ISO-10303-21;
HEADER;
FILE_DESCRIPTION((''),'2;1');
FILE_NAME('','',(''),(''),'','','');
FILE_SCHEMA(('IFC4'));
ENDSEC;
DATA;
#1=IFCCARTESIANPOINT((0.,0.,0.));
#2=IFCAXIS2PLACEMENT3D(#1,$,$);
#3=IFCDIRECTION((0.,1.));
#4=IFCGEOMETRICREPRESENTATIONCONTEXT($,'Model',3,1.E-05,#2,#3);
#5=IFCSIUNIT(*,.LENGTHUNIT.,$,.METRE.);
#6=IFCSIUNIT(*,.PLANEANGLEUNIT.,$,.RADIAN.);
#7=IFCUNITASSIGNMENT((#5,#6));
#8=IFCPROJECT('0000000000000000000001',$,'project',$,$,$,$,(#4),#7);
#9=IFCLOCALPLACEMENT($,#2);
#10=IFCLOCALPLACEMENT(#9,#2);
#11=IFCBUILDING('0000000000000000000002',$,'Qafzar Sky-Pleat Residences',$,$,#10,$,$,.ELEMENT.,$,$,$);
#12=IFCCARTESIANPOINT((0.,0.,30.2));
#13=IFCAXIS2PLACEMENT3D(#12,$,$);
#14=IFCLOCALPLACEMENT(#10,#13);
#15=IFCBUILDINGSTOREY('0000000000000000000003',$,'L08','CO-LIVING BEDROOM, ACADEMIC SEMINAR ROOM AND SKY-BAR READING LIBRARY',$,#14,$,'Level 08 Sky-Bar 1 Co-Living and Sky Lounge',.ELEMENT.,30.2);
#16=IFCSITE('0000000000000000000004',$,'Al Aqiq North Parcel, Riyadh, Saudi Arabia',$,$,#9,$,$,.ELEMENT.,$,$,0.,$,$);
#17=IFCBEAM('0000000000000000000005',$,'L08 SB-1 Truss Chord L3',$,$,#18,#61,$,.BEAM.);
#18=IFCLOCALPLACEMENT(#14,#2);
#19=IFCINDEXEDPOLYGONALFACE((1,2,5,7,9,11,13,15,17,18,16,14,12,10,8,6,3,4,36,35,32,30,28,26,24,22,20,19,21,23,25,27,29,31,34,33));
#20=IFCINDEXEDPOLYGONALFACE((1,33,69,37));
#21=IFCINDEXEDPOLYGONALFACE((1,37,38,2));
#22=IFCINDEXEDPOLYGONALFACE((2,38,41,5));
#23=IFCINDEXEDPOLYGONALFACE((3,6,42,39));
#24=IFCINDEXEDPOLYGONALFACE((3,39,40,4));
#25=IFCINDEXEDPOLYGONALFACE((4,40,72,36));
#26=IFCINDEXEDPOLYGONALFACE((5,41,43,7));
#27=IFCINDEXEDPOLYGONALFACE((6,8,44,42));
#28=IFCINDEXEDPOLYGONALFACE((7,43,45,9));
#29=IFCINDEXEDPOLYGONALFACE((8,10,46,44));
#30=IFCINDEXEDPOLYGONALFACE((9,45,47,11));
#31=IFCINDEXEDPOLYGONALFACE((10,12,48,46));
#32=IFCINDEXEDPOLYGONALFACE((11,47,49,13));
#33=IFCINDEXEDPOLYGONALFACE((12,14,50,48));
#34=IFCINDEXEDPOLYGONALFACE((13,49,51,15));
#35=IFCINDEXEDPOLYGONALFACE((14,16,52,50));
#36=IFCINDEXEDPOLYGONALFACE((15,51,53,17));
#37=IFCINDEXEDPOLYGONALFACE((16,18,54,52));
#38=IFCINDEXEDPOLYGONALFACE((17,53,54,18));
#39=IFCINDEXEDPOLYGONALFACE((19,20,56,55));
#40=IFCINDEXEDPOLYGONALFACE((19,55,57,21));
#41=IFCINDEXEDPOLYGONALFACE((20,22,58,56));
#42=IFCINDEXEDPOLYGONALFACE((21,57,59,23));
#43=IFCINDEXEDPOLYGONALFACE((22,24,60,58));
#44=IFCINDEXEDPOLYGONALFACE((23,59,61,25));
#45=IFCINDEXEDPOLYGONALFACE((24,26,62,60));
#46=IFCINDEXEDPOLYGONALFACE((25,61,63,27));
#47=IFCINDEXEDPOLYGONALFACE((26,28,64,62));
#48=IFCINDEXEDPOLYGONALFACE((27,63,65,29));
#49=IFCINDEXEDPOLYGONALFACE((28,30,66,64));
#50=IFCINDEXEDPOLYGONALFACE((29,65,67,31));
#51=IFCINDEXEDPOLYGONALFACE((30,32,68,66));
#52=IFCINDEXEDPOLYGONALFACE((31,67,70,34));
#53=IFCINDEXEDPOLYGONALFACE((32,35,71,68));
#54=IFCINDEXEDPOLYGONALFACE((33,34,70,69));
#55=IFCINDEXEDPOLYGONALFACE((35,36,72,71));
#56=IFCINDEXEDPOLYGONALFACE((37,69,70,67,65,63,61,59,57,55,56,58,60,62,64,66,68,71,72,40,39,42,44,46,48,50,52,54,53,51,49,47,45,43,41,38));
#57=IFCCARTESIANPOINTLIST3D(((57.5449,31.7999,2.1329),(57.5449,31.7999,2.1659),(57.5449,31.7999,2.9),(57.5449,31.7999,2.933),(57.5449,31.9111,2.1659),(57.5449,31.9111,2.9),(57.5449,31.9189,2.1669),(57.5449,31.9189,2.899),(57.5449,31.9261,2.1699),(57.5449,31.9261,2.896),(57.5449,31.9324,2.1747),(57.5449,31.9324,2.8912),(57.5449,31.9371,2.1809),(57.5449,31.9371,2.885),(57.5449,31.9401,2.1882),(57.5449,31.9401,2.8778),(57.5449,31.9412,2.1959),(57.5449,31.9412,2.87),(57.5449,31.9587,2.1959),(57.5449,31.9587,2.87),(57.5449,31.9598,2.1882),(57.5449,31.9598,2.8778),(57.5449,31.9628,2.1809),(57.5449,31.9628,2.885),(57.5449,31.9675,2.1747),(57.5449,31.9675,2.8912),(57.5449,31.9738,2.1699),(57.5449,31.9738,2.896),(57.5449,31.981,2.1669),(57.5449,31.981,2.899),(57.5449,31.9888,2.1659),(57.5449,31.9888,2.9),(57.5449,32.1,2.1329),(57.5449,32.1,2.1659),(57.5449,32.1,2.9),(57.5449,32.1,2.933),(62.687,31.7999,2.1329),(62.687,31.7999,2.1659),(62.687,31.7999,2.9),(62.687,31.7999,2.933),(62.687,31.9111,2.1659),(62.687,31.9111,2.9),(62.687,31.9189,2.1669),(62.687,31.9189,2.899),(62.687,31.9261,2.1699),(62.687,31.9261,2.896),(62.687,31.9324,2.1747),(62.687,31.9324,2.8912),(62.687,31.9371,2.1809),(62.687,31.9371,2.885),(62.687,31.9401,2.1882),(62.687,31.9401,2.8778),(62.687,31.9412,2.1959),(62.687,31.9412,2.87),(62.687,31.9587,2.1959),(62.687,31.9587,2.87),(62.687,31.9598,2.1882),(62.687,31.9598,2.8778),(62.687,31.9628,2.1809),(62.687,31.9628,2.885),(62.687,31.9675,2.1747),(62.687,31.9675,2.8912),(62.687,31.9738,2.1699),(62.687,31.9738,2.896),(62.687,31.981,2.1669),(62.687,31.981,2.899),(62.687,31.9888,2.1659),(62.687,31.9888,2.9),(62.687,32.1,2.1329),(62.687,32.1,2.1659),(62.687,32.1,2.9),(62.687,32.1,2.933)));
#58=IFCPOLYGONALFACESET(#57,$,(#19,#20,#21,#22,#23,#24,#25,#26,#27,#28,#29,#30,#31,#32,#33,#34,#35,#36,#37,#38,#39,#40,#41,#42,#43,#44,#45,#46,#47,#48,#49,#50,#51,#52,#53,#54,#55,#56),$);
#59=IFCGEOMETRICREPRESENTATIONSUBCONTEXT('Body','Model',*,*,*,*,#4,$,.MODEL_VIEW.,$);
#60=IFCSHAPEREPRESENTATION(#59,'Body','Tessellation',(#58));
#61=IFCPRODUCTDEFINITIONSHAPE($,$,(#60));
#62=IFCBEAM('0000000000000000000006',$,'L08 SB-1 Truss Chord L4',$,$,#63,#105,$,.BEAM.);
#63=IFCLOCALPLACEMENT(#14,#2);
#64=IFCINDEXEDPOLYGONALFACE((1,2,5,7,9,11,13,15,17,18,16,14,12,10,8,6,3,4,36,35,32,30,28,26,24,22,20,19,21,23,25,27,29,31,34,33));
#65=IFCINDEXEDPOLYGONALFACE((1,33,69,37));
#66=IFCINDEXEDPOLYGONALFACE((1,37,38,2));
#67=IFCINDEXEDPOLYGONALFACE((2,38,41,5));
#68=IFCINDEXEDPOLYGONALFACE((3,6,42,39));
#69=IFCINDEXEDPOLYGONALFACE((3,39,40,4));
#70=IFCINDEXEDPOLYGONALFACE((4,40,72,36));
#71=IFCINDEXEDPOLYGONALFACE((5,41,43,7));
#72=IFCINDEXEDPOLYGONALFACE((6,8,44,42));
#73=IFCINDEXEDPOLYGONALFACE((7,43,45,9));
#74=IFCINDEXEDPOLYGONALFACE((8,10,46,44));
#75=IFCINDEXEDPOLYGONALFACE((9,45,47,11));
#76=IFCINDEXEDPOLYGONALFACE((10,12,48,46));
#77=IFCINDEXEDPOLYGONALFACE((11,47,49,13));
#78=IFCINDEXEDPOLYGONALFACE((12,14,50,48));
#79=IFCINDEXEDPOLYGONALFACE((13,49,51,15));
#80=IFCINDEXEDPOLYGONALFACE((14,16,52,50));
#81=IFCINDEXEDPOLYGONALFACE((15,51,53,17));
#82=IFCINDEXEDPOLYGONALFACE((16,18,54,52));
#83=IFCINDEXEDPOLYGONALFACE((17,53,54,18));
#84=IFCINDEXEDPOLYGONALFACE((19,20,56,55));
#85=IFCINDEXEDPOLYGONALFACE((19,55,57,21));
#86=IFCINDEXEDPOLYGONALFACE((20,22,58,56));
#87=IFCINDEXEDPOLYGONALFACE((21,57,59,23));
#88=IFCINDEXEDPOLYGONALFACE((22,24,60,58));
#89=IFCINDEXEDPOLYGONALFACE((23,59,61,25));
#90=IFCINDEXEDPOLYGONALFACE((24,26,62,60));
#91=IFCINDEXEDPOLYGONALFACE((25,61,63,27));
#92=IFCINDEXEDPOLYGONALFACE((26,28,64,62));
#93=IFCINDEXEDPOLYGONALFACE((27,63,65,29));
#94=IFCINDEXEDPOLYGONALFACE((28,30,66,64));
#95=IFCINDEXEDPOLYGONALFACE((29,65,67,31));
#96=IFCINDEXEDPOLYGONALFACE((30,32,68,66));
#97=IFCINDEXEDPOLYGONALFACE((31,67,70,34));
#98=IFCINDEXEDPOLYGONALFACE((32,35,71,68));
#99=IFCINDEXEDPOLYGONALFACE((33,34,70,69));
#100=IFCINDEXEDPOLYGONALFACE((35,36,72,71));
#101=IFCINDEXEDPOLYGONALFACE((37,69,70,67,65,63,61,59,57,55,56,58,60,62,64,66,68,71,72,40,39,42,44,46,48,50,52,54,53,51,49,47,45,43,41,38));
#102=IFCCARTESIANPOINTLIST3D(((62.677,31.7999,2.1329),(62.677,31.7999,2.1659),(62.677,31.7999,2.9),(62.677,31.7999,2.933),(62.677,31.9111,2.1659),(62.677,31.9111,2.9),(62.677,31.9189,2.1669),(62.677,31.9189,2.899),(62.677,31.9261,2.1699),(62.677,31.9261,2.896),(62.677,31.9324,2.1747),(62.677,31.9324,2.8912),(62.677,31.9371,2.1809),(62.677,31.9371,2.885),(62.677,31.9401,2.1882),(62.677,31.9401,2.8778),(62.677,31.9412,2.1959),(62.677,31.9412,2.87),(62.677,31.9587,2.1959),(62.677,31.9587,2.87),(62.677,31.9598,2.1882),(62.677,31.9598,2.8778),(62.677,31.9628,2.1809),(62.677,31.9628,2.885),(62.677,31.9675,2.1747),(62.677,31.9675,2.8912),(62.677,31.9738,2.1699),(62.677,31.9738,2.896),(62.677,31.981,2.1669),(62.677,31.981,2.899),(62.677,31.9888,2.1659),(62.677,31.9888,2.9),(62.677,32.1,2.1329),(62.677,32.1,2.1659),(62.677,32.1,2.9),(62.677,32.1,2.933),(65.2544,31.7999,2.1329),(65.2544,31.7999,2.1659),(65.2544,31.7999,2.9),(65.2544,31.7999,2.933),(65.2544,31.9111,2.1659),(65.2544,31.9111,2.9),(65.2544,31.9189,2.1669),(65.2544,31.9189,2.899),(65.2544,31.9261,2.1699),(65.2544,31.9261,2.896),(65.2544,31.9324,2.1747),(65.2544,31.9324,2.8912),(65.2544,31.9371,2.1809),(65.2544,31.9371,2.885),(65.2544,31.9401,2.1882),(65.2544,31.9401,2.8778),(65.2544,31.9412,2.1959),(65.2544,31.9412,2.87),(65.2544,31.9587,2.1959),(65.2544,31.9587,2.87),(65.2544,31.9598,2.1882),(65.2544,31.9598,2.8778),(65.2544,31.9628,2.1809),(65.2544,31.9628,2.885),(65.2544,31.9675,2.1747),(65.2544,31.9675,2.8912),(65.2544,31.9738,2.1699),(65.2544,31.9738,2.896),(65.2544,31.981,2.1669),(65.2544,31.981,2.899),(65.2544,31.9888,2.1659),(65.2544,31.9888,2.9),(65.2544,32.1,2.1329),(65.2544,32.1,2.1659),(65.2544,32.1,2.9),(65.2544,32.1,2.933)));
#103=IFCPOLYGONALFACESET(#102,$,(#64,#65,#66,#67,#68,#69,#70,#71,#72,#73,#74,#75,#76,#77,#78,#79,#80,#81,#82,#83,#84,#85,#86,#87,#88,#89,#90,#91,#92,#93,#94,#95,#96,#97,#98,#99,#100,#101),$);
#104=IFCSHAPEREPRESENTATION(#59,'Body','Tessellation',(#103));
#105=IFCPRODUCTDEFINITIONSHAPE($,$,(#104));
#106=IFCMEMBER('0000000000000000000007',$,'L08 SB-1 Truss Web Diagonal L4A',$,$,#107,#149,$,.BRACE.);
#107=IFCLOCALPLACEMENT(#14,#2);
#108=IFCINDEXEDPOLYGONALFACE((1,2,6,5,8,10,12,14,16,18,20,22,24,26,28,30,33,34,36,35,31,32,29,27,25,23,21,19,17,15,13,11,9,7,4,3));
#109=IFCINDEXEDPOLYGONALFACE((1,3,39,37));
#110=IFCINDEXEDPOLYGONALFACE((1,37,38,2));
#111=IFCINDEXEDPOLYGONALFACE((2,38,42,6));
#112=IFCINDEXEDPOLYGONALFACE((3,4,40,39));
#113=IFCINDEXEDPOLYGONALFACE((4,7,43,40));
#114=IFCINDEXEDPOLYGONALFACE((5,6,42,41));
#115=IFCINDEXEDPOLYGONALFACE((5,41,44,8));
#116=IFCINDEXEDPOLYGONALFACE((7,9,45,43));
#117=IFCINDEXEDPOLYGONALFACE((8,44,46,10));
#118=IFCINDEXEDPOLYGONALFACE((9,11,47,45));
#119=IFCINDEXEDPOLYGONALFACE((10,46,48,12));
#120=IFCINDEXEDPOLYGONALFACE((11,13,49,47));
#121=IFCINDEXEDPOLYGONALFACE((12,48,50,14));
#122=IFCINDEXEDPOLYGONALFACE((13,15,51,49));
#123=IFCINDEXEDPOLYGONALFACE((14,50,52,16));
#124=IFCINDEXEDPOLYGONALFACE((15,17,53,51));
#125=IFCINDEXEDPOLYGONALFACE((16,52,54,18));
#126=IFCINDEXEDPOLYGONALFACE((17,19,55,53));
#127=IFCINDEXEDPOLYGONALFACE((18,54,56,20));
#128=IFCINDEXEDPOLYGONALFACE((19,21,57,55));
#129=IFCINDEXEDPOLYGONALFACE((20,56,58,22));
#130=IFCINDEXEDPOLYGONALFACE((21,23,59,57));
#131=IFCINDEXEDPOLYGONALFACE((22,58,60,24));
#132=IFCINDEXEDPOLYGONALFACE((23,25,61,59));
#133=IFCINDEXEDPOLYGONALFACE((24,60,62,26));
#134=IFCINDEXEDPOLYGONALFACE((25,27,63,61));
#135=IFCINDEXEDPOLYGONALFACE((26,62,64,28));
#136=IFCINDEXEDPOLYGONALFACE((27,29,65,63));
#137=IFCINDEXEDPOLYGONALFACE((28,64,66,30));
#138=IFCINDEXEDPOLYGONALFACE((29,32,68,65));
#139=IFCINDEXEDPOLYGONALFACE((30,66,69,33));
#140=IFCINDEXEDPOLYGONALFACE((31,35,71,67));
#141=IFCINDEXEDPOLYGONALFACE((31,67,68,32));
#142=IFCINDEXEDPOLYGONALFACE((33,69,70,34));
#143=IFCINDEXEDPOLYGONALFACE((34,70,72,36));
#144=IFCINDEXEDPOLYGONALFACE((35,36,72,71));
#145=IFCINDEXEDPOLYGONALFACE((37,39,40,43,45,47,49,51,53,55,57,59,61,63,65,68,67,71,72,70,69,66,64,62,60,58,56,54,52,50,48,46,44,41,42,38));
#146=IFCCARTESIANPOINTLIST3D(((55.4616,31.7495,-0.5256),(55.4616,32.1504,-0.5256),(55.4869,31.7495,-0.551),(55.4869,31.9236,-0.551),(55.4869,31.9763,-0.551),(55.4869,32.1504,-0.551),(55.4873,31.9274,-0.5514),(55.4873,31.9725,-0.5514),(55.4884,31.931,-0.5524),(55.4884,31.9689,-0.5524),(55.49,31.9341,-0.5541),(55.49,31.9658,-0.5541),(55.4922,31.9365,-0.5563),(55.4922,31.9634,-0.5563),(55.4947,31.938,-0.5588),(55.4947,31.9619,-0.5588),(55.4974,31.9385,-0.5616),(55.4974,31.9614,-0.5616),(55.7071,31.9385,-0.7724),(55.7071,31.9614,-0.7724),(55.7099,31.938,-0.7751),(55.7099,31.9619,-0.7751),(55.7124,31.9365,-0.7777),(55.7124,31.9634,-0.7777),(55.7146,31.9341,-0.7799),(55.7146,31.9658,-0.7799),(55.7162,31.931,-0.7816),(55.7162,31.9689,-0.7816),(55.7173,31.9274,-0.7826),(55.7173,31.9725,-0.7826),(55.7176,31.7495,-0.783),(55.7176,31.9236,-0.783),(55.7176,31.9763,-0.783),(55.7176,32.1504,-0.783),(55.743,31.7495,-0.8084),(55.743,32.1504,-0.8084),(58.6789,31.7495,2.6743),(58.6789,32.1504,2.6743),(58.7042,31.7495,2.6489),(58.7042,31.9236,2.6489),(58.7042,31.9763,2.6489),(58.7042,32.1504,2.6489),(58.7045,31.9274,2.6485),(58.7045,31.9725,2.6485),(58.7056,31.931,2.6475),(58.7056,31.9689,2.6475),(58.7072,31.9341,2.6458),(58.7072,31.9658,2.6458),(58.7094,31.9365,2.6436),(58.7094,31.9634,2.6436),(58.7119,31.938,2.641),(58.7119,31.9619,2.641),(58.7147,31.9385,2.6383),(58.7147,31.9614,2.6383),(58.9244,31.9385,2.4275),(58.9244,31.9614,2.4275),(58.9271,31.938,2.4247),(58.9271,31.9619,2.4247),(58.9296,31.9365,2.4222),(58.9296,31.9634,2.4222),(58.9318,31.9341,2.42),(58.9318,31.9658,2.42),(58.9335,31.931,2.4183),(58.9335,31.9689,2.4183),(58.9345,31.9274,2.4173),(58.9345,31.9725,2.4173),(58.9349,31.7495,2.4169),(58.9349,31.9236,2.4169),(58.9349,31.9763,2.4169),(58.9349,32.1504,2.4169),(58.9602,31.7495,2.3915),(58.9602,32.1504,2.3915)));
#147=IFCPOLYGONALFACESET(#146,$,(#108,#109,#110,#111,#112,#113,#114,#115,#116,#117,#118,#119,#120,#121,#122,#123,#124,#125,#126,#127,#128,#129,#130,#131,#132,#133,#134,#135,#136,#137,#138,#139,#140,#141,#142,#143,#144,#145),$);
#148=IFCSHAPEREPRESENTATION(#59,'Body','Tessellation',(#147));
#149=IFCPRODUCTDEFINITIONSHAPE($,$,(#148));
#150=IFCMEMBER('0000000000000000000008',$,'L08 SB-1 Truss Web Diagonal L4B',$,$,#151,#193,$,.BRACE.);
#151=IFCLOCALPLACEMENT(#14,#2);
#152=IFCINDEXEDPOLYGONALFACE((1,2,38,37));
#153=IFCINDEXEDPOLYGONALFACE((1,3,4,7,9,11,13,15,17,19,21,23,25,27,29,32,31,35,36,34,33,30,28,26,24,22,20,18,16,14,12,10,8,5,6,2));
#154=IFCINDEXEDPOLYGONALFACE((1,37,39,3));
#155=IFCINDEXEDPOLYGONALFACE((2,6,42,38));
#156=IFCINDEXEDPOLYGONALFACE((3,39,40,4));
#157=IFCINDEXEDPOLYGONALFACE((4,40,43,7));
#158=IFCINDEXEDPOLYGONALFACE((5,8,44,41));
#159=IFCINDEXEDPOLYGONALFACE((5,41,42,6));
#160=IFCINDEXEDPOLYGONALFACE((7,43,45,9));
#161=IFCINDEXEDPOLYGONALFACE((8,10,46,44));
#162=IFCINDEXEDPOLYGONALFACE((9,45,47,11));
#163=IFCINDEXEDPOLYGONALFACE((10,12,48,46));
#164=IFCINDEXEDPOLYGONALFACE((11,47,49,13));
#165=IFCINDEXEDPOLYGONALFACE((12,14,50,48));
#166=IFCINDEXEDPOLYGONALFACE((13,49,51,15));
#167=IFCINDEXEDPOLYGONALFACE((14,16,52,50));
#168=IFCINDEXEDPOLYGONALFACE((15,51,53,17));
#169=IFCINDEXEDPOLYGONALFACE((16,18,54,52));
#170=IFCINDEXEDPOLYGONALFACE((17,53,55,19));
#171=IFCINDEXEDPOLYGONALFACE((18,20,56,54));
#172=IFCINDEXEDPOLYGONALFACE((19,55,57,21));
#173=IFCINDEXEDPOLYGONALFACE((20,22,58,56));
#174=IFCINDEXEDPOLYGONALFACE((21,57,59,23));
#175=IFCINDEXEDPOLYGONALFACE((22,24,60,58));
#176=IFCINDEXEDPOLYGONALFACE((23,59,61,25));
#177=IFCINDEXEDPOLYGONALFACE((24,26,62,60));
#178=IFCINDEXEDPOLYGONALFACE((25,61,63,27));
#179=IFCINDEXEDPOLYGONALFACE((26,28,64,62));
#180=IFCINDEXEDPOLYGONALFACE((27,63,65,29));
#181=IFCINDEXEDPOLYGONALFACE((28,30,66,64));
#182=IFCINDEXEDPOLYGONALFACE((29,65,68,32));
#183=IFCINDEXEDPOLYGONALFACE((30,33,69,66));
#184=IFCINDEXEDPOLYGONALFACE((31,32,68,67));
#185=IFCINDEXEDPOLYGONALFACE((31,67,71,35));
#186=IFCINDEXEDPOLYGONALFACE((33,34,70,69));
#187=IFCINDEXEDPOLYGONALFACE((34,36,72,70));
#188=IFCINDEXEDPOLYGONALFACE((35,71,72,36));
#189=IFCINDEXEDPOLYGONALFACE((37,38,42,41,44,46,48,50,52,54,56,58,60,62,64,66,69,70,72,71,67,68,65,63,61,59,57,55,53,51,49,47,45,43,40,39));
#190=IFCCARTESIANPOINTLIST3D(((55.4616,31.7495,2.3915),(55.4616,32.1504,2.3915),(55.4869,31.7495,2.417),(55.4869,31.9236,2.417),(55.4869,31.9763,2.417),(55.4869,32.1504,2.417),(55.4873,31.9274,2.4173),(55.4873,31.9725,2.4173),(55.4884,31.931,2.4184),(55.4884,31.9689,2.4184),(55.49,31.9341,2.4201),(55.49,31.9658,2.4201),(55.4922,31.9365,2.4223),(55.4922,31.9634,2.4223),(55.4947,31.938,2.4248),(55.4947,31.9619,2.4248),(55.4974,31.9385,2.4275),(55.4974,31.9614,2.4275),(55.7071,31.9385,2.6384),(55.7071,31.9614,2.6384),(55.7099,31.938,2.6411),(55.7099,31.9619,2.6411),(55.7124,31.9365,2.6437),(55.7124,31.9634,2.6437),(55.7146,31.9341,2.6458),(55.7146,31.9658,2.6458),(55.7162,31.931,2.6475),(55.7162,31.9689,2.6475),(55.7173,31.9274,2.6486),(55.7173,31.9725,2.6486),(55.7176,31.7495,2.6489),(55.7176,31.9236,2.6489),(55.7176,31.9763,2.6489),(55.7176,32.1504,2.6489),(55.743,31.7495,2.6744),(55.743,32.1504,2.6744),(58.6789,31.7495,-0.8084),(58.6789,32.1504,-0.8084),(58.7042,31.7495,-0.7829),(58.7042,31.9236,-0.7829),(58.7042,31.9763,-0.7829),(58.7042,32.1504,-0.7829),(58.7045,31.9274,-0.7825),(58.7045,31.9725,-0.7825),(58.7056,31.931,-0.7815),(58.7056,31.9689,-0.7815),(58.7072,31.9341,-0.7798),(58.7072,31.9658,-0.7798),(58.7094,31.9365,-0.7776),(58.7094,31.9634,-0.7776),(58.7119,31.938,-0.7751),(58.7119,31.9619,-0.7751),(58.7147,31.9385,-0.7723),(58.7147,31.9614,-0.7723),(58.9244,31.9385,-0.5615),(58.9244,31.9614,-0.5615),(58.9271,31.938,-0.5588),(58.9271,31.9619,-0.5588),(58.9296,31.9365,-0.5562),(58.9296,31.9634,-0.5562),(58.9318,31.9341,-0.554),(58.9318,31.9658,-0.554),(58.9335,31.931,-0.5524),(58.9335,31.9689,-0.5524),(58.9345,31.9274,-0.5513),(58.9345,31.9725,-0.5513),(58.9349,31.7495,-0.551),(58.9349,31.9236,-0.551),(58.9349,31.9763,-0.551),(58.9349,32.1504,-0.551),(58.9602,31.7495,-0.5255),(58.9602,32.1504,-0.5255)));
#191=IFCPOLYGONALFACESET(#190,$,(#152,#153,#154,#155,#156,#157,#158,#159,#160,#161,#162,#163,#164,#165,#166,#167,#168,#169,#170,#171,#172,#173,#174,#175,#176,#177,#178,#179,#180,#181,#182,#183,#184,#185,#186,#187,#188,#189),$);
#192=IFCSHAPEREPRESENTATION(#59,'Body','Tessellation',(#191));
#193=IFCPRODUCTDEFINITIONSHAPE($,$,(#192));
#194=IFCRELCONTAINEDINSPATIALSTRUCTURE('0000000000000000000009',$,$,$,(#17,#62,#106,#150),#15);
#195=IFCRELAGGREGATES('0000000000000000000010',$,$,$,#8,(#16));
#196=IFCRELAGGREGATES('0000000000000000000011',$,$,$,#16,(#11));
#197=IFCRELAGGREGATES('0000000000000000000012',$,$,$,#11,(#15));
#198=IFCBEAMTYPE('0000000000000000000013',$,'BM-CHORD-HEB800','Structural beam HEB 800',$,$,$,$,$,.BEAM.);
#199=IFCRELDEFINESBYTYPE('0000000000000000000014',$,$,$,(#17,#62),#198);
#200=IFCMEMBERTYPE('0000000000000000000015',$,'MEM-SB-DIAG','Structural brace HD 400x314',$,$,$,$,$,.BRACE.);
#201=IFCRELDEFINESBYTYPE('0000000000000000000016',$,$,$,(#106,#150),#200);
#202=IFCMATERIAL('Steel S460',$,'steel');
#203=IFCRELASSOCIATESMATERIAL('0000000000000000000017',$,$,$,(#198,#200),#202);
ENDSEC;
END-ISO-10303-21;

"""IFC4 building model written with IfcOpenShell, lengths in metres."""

from ifc_helpers import new_model, si_unit, direction, frame, origin, origin_2d, place, context, subcontext, project, spatial, i_section, extrude, source, transform, mapped, material, material_profile, profile_set, type_object, element, save


model = new_model("IFC4")

# Units and contexts
model_context = context("Model", 3, precision=1e-05, world=origin(), true_north=direction((0.0, 1.0)))
body_context = subcontext(model_context, "Body", "Model", "MODEL_VIEW")
ifc_project = project(units=[si_unit("LENGTHUNIT", "METRE"), si_unit("PLANEANGLEUNIT", "RADIAN")], contexts=[model_context])

# Site, building, storey
site_placement = place(None, origin())
site = spatial("IfcSite", under=ifc_project, at=site_placement, Name="Al Aqiq North Parcel, Riyadh, Saudi Arabia", CompositionType="ELEMENT", RefElevation=0.0)
building_placement = place(site_placement, origin())
building = spatial("IfcBuilding", under=site, at=building_placement, Name="Qafzar Sky-Pleat Residences", CompositionType="ELEMENT")
storey_placement = place(building_placement, frame((0.0, 0.0, 30.2)))
storey = spatial("IfcBuildingStorey", under=building, at=storey_placement, Name="L08", Description="CO-LIVING BEDROOM, ACADEMIC SEMINAR ROOM AND SKY-BAR READING LIBRARY", LongName="Level 08 Sky-Bar 1 Co-Living and Sky Lounge", CompositionType="ELEMENT", Elevation=30.2)

# Beams
ifc_material_1 = material(Name="Steel S460", Category="steel")
ifc_material_profile_1 = material_profile(ifc_material_1, i_section(OverallWidth=0.3, OverallDepth=0.8, WebThickness=0.0176, FlangeThickness=0.033, FilletRadius=0.03, at=origin_2d()), Name="HEB 800")
ifc_profile_set_1 = profile_set([ifc_material_profile_1], Name="Steel S460")
beam_type_1 = type_object("IfcBeamType", Name="BM-CHORD-HEB800", Description="Structural beam HEB 800", PredefinedType="BEAM", material=ifc_profile_set_1)
shared_shape_1 = source(origin(), body_context, "Body", "SweptSolid", [
    extrude(i_section(OverallWidth=0.3, OverallDepth=0.8, WebThickness=0.0176, FlangeThickness=0.033, FilletRadius=0.03, at=origin_2d()), origin(), (0.0, 0.0, 1.0), 5.1421),
])
beam_1_placement = place(storey_placement, frame((57.5449, 31.95, 2.533), z_axis=(1.0, 0.0, 0.0), x_axis=(0.0, 1.0, 0.0)))
element("IfcBeam", 1, at=beam_1_placement, inside=storey, type_object=beam_type_1, Name="L08 SB-1 Truss Chord L3", PredefinedType="BEAM", context=body_context, shape_type="MappedRepresentation", body=[
    mapped(shared_shape_1, transform((0.0, 0.0, 0.0), x_axis=(1.0, 0.0, 0.0), y_axis=(0.0, 1.0, 0.0), z_axis=(0.0, 0.0, 1.0), scale=1.0)),
])
shared_shape_2 = source(origin(), body_context, "Body", "SweptSolid", [
    extrude(i_section(OverallWidth=0.3, OverallDepth=0.8, WebThickness=0.0176, FlangeThickness=0.033, FilletRadius=0.03, at=origin_2d()), origin(), (0.0, 0.0, 1.0), 2.5774),
])
beam_2_placement = place(storey_placement, frame((62.677, 31.95, 2.533), z_axis=(1.0, 0.0, 0.0), x_axis=(0.0, 1.0, 0.0)))
element("IfcBeam", 2, at=beam_2_placement, inside=storey, type_object=beam_type_1, Name="L08 SB-1 Truss Chord L4", PredefinedType="BEAM", context=body_context, shape_type="MappedRepresentation", body=[
    mapped(shared_shape_2, transform((0.0, 0.0, 0.0), x_axis=(1.0, 0.0, 0.0), y_axis=(0.0, 1.0, 0.0), z_axis=(0.0, 0.0, 1.0), scale=1.0)),
])

# Members
ifc_material_profile_2 = material_profile(ifc_material_1, i_section(OverallWidth=0.4009, OverallDepth=0.3989, WebThickness=0.0229, FlangeThickness=0.0359, FilletRadius=0.0149, at=origin_2d()), Name="HD 400x314")
ifc_profile_set_2 = profile_set([ifc_material_profile_2], Name="Steel S460")
member_type_1 = type_object("IfcMemberType", Name="MEM-SB-DIAG", Description="Structural brace HD 400x314", PredefinedType="BRACE", material=ifc_profile_set_2)
shared_shape_3 = source(origin(), body_context, "Body", "SweptSolid", [
    extrude(i_section(OverallWidth=0.4009, OverallDepth=0.3989, WebThickness=0.0229, FlangeThickness=0.0359, FilletRadius=0.0149, at=origin_2d()), origin(), (0.0, 0.0, 1.0), 4.5376),
])
for number, where, z_axis, x_axis, name in (
    (3, (55.6023, 31.95, -0.667), (0.709014, 0.0, 0.705194), (0.0, 1.0, 0.0), "L08 SB-1 Truss Web Diagonal L4A"),
    (4, (55.6023, 31.95, 2.533), (0.709014, 0.0, -0.705194), (0.0, 1.0, 0.0), "L08 SB-1 Truss Web Diagonal L4B"),
):
    element("IfcMember", number, at=place(storey_placement, frame(where, z_axis=z_axis, x_axis=x_axis)), inside=storey, type_object=member_type_1, Name=name, PredefinedType="BRACE", context=body_context, shape_type="MappedRepresentation", body=[
        mapped(shared_shape_3, transform((0.0, 0.0, 0.0), x_axis=(1.0, 0.0, 0.0), y_axis=(0.0, 1.0, 0.0), z_axis=(0.0, 0.0, 1.0), scale=1.0)),
    ])

save(model, "model.ifc")
